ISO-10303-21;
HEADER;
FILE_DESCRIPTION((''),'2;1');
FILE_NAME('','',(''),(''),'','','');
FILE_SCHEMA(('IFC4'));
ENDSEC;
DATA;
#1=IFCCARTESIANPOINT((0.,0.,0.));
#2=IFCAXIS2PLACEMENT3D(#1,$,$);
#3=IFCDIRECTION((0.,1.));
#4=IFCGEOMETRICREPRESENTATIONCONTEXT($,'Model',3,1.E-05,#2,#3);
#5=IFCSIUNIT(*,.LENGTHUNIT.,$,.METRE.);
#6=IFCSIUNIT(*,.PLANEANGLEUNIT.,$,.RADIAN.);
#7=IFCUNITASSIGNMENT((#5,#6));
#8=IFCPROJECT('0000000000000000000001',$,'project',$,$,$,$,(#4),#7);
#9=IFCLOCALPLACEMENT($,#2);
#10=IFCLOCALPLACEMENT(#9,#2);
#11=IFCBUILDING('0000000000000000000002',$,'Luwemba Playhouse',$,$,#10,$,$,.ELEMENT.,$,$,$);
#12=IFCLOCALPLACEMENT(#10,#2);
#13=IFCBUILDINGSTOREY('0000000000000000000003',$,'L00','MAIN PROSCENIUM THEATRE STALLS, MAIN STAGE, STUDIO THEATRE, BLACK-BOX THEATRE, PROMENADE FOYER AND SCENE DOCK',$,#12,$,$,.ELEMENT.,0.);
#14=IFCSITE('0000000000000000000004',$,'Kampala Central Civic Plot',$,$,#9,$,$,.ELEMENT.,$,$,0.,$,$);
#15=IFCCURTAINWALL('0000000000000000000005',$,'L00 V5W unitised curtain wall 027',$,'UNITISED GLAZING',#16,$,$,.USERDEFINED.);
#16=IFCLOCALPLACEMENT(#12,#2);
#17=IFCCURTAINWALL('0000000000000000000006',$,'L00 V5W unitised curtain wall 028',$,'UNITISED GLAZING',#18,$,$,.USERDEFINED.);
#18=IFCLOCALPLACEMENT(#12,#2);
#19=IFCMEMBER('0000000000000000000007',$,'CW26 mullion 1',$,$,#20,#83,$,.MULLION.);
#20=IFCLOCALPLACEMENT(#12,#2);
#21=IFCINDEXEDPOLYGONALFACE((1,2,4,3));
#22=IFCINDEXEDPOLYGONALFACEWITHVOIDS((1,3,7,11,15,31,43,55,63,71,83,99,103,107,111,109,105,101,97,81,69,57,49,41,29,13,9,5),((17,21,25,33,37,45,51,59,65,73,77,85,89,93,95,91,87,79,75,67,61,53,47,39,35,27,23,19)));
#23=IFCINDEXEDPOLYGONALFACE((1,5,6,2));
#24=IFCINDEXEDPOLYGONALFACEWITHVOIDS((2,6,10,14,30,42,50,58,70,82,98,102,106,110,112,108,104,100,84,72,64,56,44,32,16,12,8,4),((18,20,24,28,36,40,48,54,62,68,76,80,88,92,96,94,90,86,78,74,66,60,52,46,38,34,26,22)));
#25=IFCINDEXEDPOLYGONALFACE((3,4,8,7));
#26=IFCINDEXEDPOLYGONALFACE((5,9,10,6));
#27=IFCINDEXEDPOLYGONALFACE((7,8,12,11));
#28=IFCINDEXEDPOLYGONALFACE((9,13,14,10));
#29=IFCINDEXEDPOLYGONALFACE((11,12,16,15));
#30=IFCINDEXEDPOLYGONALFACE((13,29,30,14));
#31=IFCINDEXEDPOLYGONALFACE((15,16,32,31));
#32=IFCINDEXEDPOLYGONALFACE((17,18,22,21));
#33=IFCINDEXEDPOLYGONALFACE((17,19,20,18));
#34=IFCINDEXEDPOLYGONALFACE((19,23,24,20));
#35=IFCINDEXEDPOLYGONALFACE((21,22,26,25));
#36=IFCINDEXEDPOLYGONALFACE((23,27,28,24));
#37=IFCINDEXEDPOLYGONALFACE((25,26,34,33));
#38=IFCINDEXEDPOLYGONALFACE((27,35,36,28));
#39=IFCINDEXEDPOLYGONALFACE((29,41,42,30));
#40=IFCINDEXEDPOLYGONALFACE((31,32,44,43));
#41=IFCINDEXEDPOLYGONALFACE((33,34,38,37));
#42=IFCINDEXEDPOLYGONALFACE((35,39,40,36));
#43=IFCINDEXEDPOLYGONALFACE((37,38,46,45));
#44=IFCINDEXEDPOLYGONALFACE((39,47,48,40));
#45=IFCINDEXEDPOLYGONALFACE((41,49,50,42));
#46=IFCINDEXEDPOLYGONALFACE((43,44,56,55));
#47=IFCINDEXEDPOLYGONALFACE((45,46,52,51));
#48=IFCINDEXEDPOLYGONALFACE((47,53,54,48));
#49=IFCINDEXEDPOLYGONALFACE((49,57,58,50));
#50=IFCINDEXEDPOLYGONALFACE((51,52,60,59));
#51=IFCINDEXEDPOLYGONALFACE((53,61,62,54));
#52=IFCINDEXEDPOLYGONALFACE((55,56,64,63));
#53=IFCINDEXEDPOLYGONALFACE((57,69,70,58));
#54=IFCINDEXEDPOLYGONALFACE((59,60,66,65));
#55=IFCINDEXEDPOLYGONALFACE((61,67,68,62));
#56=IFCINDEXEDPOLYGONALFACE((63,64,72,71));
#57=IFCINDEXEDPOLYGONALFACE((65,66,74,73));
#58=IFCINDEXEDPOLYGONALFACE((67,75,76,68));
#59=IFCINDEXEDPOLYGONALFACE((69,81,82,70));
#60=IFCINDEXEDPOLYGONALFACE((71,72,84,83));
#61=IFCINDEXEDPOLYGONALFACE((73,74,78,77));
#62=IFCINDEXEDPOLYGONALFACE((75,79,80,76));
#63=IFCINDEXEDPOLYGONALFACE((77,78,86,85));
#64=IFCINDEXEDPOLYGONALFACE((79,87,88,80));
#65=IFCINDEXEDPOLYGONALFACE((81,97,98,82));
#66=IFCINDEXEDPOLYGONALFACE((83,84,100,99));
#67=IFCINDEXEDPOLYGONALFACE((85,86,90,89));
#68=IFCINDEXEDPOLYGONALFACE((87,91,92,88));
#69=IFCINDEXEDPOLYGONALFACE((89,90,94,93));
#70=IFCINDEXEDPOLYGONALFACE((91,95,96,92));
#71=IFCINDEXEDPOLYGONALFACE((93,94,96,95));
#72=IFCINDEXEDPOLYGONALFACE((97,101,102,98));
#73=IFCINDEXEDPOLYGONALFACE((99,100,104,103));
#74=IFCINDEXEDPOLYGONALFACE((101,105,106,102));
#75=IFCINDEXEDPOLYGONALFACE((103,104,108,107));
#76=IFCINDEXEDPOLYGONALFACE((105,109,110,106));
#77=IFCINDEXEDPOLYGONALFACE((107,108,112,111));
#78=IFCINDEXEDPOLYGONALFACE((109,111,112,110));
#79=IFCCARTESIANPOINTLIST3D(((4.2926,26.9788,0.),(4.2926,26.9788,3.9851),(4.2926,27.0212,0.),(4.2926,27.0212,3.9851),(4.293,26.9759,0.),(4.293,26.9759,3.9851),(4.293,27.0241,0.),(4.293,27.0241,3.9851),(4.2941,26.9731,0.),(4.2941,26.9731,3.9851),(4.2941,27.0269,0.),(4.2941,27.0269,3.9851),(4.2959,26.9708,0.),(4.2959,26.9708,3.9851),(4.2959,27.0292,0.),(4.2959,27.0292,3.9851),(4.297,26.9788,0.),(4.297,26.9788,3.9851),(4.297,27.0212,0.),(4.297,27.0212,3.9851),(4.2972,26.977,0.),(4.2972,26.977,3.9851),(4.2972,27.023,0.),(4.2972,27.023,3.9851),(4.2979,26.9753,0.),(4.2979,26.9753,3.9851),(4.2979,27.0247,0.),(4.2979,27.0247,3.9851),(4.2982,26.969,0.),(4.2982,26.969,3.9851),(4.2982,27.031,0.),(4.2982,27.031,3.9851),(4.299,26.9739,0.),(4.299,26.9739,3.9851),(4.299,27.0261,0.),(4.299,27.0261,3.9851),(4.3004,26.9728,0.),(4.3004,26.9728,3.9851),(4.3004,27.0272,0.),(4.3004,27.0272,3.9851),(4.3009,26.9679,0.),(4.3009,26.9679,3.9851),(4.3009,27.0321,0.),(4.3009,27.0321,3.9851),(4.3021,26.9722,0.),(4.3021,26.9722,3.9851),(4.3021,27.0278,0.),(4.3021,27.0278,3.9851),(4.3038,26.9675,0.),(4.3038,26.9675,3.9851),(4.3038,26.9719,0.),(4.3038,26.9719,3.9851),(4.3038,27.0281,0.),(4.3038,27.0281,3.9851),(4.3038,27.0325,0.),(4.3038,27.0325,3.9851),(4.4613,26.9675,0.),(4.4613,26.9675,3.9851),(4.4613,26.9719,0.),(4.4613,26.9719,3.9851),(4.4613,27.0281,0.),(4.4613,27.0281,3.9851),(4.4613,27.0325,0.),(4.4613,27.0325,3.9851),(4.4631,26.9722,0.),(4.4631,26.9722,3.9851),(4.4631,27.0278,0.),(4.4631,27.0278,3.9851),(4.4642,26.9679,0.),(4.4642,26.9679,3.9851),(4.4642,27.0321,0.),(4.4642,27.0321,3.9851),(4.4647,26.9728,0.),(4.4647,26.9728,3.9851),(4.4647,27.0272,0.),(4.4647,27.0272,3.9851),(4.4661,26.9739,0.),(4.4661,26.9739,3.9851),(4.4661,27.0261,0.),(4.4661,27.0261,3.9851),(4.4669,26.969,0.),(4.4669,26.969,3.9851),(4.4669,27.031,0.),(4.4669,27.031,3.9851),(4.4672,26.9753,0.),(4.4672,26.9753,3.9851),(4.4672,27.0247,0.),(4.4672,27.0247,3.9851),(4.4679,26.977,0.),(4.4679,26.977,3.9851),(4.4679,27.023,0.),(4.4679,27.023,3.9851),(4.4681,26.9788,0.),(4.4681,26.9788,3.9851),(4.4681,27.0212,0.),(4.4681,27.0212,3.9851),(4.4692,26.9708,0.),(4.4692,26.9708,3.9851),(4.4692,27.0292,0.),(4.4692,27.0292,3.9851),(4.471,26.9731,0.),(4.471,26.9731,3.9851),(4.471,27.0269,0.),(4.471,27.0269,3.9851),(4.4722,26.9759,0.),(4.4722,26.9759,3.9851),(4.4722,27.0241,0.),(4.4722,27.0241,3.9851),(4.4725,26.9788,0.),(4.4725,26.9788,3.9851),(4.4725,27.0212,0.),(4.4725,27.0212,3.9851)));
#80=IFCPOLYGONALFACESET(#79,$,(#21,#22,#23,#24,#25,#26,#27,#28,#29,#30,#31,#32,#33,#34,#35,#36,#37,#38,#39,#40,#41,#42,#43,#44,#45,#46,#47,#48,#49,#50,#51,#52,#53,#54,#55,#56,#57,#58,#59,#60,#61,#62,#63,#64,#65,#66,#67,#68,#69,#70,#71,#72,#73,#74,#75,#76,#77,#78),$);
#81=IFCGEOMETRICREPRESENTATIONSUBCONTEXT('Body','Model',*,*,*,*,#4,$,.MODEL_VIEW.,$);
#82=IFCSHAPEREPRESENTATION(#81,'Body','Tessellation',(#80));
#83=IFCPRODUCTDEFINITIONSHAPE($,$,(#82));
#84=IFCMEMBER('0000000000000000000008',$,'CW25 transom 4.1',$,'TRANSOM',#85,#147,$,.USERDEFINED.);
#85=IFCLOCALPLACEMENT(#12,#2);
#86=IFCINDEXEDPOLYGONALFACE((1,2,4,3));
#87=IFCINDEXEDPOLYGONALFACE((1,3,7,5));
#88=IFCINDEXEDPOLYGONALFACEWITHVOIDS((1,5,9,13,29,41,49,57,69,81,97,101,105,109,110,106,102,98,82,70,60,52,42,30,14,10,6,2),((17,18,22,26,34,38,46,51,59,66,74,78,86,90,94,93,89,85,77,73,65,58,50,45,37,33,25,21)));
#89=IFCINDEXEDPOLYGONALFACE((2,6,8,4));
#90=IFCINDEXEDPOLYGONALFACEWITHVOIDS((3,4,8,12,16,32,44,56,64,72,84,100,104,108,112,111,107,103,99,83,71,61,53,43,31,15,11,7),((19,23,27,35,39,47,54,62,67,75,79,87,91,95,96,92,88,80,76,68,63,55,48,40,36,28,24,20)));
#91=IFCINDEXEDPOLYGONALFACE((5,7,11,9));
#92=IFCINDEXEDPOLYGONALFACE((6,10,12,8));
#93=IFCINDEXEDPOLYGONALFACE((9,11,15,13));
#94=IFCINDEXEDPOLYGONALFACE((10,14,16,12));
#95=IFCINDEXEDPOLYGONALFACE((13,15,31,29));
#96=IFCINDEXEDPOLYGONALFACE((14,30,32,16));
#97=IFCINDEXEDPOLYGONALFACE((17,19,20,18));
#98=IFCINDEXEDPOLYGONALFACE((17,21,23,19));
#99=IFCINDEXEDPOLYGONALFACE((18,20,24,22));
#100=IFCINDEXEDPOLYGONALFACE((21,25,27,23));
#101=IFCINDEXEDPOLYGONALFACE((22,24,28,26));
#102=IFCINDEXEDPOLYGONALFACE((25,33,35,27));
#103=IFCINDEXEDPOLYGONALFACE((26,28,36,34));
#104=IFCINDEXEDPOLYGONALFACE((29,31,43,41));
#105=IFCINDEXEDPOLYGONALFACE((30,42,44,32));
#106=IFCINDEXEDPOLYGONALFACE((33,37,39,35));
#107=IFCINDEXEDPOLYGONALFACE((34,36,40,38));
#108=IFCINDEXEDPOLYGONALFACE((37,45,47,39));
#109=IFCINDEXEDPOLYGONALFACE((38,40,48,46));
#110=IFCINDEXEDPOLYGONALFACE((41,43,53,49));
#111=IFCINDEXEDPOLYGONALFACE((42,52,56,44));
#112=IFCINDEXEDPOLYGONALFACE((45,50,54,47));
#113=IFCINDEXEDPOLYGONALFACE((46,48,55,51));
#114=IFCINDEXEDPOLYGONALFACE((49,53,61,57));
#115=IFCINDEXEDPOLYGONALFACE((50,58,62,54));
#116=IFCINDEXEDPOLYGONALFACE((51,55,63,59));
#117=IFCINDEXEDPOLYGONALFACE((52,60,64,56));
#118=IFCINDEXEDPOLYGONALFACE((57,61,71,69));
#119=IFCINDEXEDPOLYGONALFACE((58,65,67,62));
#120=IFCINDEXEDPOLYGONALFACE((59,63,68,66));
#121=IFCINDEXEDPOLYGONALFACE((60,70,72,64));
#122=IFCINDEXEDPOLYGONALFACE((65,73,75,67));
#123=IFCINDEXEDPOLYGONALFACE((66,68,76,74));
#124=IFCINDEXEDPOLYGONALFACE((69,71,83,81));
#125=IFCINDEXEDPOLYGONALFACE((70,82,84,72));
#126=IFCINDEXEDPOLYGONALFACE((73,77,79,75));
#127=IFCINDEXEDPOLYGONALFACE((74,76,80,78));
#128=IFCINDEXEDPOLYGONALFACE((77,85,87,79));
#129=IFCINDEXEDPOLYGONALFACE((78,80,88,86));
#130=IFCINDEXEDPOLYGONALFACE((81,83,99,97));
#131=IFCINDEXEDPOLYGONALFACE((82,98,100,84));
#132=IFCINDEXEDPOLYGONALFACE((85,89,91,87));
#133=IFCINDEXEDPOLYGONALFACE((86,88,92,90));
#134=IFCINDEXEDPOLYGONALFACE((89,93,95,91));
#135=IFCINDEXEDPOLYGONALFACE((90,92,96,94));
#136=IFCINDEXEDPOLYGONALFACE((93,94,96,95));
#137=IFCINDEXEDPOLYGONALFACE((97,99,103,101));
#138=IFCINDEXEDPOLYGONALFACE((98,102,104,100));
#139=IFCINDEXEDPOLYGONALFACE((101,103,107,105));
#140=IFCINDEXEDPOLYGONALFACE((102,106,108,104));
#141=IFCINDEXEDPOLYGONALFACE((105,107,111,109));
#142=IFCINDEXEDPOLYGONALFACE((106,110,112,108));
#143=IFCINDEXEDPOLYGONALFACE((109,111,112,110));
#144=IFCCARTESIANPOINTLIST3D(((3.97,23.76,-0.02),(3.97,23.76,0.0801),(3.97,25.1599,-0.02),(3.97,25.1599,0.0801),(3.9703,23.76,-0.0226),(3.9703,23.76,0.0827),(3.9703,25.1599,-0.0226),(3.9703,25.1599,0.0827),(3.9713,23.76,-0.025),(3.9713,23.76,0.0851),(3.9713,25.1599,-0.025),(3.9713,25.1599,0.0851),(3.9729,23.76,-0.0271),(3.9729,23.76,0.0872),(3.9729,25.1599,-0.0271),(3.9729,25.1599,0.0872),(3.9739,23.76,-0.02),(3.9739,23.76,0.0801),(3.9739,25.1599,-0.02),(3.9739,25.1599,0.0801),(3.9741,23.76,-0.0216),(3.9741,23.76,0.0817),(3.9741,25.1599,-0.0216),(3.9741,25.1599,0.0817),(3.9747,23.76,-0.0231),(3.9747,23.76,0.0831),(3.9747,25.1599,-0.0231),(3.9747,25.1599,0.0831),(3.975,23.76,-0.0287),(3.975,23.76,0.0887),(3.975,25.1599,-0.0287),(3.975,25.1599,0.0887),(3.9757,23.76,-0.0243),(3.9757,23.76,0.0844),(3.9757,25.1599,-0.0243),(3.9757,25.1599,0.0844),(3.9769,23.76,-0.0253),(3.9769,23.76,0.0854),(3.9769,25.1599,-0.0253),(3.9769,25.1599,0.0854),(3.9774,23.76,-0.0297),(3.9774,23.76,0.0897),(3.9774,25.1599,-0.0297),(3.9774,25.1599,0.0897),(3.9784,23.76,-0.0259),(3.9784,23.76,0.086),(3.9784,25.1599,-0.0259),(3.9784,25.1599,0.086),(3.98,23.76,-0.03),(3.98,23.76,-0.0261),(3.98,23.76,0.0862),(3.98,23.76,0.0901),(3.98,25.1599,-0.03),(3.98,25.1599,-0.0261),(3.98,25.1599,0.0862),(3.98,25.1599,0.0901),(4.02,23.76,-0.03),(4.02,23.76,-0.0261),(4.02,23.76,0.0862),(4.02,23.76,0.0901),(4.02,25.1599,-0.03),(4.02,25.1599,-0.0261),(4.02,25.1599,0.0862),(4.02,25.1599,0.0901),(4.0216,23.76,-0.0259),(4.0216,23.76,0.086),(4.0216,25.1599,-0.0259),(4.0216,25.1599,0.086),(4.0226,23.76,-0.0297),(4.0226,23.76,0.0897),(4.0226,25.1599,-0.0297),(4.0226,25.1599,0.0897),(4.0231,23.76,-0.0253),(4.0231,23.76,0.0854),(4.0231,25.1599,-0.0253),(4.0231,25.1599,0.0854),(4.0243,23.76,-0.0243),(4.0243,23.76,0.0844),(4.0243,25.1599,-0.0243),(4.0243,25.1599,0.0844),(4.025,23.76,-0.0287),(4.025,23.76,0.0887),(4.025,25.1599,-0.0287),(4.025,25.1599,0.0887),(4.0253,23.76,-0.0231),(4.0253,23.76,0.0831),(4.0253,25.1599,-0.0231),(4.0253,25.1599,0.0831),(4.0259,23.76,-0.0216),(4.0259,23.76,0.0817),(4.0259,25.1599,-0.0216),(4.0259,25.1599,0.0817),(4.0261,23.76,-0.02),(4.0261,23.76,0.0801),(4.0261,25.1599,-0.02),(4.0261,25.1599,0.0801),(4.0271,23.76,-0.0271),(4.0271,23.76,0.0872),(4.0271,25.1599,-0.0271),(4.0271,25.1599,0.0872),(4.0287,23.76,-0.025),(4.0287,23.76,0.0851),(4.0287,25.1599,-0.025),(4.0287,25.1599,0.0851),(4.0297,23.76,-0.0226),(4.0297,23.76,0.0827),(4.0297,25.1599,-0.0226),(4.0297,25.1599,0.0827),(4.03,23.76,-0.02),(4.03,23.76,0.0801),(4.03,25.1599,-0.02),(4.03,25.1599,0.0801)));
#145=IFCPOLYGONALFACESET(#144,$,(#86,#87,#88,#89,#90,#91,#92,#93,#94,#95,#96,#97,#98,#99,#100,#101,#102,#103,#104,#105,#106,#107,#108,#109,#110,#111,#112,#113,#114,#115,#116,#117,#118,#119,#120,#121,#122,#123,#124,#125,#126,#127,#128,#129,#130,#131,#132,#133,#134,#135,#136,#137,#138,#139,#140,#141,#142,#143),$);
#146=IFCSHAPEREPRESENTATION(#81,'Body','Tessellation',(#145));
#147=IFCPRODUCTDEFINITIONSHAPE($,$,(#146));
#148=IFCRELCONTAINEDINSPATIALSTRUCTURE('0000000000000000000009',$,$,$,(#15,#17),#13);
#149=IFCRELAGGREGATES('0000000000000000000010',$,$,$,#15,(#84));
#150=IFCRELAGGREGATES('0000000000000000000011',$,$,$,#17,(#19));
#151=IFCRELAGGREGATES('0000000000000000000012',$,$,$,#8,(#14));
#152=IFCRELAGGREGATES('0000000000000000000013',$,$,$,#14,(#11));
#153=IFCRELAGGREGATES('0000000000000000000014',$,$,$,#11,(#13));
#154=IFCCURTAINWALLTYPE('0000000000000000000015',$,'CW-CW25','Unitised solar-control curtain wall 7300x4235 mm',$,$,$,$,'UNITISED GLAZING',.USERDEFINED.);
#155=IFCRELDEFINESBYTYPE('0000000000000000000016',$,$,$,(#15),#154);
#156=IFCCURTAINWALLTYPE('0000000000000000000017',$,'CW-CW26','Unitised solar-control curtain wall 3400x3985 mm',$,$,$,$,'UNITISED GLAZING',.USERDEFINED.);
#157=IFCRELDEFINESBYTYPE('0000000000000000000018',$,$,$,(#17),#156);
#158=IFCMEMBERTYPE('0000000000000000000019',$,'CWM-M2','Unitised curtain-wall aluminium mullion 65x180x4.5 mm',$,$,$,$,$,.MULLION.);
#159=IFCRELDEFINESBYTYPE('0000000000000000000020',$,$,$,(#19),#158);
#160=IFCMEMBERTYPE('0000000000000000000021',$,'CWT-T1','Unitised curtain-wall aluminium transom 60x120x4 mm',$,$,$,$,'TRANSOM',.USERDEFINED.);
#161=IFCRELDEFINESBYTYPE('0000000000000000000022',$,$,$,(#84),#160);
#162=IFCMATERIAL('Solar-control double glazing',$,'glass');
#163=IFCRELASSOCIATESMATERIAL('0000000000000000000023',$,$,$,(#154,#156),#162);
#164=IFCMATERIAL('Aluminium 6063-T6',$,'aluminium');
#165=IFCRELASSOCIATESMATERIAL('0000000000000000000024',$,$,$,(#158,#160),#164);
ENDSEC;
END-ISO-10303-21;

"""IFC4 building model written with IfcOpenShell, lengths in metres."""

from ifc_helpers import new_model, si_unit, direction, frame, origin, origin_2d, place, context, subcontext, project, spatial, hollow_rectangle, extrude, material, material_profile, profile_set, type_object, element, aggregate, save


model = new_model("IFC4")

# Units and contexts
model_context = context("Model", 3, precision=1e-05, world=origin(), true_north=direction((0.0, 1.0)))
body_context = subcontext(model_context, "Body", "Model", "MODEL_VIEW")
ifc_project = project(units=[si_unit("LENGTHUNIT", "METRE"), si_unit("PLANEANGLEUNIT", "RADIAN")], contexts=[model_context])

# Site, building, storey
site_placement = place(None, origin())
site = spatial("IfcSite", under=ifc_project, at=site_placement, Name="Kampala Central Civic Plot", CompositionType="ELEMENT", RefElevation=0.0)
building_placement = place(site_placement, origin())
building = spatial("IfcBuilding", under=site, at=building_placement, Name="Luwemba Playhouse", CompositionType="ELEMENT")
storey_placement = place(building_placement, origin())
storey = spatial("IfcBuildingStorey", under=building, at=storey_placement, Name="L00", Description="MAIN PROSCENIUM THEATRE STALLS, MAIN STAGE, STUDIO THEATRE, BLACK-BOX THEATRE, PROMENADE FOYER AND SCENE DOCK", CompositionType="ELEMENT", Elevation=0.0)

# Curtain wall
ifc_material_1 = material(Name="Solar-control double glazing", Category="glass")
curtain_wall_type_1 = type_object("IfcCurtainWallType", Name="CW-CW25", Description="Unitised solar-control curtain wall 7300x4235 mm", ElementType="UNITISED GLAZING", PredefinedType="USERDEFINED", material=ifc_material_1)
curtain_wall_1_placement = place(storey_placement, origin())
curtain_wall_1 = element("IfcCurtainWall", 1, at=curtain_wall_1_placement, inside=storey, type_object=curtain_wall_type_1, Name="L00 V5W unitised curtain wall 027", ObjectType="UNITISED GLAZING", PredefinedType="USERDEFINED")
ifc_material_2 = material(Name="Aluminium 6063-T6", Category="aluminium")

# Curtain wall, member
curtain_wall_type_2 = type_object("IfcCurtainWallType", Name="CW-CW26", Description="Unitised solar-control curtain wall 3400x3985 mm", ElementType="UNITISED GLAZING", PredefinedType="USERDEFINED", material=ifc_material_1)
curtain_wall_2_placement = place(storey_placement, origin())
curtain_wall_2 = element("IfcCurtainWall", 2, at=curtain_wall_2_placement, inside=storey, type_object=curtain_wall_type_2, Name="L00 V5W unitised curtain wall 028", ObjectType="UNITISED GLAZING", PredefinedType="USERDEFINED")
ifc_material_profile_1 = material_profile(ifc_material_2, hollow_rectangle(XDim=0.0649, YDim=0.1799, WallThickness=0.0044, InnerFilletRadius=0.0068, OuterFilletRadius=0.0112, at=origin_2d()))
ifc_profile_set_1 = profile_set([ifc_material_profile_1], Name="Aluminium 6063-T6")
member_type_1 = type_object("IfcMemberType", Name="CWM-M2", Description="Unitised curtain-wall aluminium mullion 65x180x4.5 mm", PredefinedType="MULLION", material=ifc_profile_set_1)
member_1_placement = place(storey_placement, frame((4.3826, 27.0, 0.0), z_axis=(0.0, 0.0, 1.0), x_axis=(0.0, 1.0, 0.0)))
member_1 = element("IfcMember", 3, at=member_1_placement, type_object=member_type_1, Name="CW26 mullion 1", PredefinedType="MULLION", context=body_context, shape_type="SweptSolid", body=[
    extrude(hollow_rectangle(XDim=0.0649, YDim=0.1799, WallThickness=0.0044, InnerFilletRadius=0.0068, OuterFilletRadius=0.0112, at=origin_2d()), origin(), (0.0, 0.0, 1.0), 3.9851),
])

# Member
ifc_material_profile_2 = material_profile(ifc_material_2, hollow_rectangle(XDim=0.0601, YDim=0.1201, WallThickness=0.0039, InnerFilletRadius=0.0061, OuterFilletRadius=0.01, at=origin_2d()))
ifc_profile_set_2 = profile_set([ifc_material_profile_2], Name="Aluminium 6063-T6")
member_type_2 = type_object("IfcMemberType", Name="CWT-T1", Description="Unitised curtain-wall aluminium transom 60x120x4 mm", ElementType="TRANSOM", PredefinedType="USERDEFINED", material=ifc_profile_set_2)
member_2_placement = place(storey_placement, frame((4.0, 23.76, 0.03), z_axis=(0.0, 1.0, 0.0), x_axis=(-1.0, 0.0, 0.0)))
member_2 = element("IfcMember", 4, at=member_2_placement, type_object=member_type_2, Name="CW25 transom 4.1", ObjectType="TRANSOM", PredefinedType="USERDEFINED", context=body_context, shape_type="SweptSolid", body=[
    extrude(hollow_rectangle(XDim=0.0601, YDim=0.1201, WallThickness=0.0039, InnerFilletRadius=0.0061, OuterFilletRadius=0.01, at=origin_2d()), origin(), (0.0, 0.0, 1.0), 1.3999),
])

aggregate(curtain_wall_1, [member_2])
aggregate(curtain_wall_2, [member_1])

save(model, "model.ifc")
